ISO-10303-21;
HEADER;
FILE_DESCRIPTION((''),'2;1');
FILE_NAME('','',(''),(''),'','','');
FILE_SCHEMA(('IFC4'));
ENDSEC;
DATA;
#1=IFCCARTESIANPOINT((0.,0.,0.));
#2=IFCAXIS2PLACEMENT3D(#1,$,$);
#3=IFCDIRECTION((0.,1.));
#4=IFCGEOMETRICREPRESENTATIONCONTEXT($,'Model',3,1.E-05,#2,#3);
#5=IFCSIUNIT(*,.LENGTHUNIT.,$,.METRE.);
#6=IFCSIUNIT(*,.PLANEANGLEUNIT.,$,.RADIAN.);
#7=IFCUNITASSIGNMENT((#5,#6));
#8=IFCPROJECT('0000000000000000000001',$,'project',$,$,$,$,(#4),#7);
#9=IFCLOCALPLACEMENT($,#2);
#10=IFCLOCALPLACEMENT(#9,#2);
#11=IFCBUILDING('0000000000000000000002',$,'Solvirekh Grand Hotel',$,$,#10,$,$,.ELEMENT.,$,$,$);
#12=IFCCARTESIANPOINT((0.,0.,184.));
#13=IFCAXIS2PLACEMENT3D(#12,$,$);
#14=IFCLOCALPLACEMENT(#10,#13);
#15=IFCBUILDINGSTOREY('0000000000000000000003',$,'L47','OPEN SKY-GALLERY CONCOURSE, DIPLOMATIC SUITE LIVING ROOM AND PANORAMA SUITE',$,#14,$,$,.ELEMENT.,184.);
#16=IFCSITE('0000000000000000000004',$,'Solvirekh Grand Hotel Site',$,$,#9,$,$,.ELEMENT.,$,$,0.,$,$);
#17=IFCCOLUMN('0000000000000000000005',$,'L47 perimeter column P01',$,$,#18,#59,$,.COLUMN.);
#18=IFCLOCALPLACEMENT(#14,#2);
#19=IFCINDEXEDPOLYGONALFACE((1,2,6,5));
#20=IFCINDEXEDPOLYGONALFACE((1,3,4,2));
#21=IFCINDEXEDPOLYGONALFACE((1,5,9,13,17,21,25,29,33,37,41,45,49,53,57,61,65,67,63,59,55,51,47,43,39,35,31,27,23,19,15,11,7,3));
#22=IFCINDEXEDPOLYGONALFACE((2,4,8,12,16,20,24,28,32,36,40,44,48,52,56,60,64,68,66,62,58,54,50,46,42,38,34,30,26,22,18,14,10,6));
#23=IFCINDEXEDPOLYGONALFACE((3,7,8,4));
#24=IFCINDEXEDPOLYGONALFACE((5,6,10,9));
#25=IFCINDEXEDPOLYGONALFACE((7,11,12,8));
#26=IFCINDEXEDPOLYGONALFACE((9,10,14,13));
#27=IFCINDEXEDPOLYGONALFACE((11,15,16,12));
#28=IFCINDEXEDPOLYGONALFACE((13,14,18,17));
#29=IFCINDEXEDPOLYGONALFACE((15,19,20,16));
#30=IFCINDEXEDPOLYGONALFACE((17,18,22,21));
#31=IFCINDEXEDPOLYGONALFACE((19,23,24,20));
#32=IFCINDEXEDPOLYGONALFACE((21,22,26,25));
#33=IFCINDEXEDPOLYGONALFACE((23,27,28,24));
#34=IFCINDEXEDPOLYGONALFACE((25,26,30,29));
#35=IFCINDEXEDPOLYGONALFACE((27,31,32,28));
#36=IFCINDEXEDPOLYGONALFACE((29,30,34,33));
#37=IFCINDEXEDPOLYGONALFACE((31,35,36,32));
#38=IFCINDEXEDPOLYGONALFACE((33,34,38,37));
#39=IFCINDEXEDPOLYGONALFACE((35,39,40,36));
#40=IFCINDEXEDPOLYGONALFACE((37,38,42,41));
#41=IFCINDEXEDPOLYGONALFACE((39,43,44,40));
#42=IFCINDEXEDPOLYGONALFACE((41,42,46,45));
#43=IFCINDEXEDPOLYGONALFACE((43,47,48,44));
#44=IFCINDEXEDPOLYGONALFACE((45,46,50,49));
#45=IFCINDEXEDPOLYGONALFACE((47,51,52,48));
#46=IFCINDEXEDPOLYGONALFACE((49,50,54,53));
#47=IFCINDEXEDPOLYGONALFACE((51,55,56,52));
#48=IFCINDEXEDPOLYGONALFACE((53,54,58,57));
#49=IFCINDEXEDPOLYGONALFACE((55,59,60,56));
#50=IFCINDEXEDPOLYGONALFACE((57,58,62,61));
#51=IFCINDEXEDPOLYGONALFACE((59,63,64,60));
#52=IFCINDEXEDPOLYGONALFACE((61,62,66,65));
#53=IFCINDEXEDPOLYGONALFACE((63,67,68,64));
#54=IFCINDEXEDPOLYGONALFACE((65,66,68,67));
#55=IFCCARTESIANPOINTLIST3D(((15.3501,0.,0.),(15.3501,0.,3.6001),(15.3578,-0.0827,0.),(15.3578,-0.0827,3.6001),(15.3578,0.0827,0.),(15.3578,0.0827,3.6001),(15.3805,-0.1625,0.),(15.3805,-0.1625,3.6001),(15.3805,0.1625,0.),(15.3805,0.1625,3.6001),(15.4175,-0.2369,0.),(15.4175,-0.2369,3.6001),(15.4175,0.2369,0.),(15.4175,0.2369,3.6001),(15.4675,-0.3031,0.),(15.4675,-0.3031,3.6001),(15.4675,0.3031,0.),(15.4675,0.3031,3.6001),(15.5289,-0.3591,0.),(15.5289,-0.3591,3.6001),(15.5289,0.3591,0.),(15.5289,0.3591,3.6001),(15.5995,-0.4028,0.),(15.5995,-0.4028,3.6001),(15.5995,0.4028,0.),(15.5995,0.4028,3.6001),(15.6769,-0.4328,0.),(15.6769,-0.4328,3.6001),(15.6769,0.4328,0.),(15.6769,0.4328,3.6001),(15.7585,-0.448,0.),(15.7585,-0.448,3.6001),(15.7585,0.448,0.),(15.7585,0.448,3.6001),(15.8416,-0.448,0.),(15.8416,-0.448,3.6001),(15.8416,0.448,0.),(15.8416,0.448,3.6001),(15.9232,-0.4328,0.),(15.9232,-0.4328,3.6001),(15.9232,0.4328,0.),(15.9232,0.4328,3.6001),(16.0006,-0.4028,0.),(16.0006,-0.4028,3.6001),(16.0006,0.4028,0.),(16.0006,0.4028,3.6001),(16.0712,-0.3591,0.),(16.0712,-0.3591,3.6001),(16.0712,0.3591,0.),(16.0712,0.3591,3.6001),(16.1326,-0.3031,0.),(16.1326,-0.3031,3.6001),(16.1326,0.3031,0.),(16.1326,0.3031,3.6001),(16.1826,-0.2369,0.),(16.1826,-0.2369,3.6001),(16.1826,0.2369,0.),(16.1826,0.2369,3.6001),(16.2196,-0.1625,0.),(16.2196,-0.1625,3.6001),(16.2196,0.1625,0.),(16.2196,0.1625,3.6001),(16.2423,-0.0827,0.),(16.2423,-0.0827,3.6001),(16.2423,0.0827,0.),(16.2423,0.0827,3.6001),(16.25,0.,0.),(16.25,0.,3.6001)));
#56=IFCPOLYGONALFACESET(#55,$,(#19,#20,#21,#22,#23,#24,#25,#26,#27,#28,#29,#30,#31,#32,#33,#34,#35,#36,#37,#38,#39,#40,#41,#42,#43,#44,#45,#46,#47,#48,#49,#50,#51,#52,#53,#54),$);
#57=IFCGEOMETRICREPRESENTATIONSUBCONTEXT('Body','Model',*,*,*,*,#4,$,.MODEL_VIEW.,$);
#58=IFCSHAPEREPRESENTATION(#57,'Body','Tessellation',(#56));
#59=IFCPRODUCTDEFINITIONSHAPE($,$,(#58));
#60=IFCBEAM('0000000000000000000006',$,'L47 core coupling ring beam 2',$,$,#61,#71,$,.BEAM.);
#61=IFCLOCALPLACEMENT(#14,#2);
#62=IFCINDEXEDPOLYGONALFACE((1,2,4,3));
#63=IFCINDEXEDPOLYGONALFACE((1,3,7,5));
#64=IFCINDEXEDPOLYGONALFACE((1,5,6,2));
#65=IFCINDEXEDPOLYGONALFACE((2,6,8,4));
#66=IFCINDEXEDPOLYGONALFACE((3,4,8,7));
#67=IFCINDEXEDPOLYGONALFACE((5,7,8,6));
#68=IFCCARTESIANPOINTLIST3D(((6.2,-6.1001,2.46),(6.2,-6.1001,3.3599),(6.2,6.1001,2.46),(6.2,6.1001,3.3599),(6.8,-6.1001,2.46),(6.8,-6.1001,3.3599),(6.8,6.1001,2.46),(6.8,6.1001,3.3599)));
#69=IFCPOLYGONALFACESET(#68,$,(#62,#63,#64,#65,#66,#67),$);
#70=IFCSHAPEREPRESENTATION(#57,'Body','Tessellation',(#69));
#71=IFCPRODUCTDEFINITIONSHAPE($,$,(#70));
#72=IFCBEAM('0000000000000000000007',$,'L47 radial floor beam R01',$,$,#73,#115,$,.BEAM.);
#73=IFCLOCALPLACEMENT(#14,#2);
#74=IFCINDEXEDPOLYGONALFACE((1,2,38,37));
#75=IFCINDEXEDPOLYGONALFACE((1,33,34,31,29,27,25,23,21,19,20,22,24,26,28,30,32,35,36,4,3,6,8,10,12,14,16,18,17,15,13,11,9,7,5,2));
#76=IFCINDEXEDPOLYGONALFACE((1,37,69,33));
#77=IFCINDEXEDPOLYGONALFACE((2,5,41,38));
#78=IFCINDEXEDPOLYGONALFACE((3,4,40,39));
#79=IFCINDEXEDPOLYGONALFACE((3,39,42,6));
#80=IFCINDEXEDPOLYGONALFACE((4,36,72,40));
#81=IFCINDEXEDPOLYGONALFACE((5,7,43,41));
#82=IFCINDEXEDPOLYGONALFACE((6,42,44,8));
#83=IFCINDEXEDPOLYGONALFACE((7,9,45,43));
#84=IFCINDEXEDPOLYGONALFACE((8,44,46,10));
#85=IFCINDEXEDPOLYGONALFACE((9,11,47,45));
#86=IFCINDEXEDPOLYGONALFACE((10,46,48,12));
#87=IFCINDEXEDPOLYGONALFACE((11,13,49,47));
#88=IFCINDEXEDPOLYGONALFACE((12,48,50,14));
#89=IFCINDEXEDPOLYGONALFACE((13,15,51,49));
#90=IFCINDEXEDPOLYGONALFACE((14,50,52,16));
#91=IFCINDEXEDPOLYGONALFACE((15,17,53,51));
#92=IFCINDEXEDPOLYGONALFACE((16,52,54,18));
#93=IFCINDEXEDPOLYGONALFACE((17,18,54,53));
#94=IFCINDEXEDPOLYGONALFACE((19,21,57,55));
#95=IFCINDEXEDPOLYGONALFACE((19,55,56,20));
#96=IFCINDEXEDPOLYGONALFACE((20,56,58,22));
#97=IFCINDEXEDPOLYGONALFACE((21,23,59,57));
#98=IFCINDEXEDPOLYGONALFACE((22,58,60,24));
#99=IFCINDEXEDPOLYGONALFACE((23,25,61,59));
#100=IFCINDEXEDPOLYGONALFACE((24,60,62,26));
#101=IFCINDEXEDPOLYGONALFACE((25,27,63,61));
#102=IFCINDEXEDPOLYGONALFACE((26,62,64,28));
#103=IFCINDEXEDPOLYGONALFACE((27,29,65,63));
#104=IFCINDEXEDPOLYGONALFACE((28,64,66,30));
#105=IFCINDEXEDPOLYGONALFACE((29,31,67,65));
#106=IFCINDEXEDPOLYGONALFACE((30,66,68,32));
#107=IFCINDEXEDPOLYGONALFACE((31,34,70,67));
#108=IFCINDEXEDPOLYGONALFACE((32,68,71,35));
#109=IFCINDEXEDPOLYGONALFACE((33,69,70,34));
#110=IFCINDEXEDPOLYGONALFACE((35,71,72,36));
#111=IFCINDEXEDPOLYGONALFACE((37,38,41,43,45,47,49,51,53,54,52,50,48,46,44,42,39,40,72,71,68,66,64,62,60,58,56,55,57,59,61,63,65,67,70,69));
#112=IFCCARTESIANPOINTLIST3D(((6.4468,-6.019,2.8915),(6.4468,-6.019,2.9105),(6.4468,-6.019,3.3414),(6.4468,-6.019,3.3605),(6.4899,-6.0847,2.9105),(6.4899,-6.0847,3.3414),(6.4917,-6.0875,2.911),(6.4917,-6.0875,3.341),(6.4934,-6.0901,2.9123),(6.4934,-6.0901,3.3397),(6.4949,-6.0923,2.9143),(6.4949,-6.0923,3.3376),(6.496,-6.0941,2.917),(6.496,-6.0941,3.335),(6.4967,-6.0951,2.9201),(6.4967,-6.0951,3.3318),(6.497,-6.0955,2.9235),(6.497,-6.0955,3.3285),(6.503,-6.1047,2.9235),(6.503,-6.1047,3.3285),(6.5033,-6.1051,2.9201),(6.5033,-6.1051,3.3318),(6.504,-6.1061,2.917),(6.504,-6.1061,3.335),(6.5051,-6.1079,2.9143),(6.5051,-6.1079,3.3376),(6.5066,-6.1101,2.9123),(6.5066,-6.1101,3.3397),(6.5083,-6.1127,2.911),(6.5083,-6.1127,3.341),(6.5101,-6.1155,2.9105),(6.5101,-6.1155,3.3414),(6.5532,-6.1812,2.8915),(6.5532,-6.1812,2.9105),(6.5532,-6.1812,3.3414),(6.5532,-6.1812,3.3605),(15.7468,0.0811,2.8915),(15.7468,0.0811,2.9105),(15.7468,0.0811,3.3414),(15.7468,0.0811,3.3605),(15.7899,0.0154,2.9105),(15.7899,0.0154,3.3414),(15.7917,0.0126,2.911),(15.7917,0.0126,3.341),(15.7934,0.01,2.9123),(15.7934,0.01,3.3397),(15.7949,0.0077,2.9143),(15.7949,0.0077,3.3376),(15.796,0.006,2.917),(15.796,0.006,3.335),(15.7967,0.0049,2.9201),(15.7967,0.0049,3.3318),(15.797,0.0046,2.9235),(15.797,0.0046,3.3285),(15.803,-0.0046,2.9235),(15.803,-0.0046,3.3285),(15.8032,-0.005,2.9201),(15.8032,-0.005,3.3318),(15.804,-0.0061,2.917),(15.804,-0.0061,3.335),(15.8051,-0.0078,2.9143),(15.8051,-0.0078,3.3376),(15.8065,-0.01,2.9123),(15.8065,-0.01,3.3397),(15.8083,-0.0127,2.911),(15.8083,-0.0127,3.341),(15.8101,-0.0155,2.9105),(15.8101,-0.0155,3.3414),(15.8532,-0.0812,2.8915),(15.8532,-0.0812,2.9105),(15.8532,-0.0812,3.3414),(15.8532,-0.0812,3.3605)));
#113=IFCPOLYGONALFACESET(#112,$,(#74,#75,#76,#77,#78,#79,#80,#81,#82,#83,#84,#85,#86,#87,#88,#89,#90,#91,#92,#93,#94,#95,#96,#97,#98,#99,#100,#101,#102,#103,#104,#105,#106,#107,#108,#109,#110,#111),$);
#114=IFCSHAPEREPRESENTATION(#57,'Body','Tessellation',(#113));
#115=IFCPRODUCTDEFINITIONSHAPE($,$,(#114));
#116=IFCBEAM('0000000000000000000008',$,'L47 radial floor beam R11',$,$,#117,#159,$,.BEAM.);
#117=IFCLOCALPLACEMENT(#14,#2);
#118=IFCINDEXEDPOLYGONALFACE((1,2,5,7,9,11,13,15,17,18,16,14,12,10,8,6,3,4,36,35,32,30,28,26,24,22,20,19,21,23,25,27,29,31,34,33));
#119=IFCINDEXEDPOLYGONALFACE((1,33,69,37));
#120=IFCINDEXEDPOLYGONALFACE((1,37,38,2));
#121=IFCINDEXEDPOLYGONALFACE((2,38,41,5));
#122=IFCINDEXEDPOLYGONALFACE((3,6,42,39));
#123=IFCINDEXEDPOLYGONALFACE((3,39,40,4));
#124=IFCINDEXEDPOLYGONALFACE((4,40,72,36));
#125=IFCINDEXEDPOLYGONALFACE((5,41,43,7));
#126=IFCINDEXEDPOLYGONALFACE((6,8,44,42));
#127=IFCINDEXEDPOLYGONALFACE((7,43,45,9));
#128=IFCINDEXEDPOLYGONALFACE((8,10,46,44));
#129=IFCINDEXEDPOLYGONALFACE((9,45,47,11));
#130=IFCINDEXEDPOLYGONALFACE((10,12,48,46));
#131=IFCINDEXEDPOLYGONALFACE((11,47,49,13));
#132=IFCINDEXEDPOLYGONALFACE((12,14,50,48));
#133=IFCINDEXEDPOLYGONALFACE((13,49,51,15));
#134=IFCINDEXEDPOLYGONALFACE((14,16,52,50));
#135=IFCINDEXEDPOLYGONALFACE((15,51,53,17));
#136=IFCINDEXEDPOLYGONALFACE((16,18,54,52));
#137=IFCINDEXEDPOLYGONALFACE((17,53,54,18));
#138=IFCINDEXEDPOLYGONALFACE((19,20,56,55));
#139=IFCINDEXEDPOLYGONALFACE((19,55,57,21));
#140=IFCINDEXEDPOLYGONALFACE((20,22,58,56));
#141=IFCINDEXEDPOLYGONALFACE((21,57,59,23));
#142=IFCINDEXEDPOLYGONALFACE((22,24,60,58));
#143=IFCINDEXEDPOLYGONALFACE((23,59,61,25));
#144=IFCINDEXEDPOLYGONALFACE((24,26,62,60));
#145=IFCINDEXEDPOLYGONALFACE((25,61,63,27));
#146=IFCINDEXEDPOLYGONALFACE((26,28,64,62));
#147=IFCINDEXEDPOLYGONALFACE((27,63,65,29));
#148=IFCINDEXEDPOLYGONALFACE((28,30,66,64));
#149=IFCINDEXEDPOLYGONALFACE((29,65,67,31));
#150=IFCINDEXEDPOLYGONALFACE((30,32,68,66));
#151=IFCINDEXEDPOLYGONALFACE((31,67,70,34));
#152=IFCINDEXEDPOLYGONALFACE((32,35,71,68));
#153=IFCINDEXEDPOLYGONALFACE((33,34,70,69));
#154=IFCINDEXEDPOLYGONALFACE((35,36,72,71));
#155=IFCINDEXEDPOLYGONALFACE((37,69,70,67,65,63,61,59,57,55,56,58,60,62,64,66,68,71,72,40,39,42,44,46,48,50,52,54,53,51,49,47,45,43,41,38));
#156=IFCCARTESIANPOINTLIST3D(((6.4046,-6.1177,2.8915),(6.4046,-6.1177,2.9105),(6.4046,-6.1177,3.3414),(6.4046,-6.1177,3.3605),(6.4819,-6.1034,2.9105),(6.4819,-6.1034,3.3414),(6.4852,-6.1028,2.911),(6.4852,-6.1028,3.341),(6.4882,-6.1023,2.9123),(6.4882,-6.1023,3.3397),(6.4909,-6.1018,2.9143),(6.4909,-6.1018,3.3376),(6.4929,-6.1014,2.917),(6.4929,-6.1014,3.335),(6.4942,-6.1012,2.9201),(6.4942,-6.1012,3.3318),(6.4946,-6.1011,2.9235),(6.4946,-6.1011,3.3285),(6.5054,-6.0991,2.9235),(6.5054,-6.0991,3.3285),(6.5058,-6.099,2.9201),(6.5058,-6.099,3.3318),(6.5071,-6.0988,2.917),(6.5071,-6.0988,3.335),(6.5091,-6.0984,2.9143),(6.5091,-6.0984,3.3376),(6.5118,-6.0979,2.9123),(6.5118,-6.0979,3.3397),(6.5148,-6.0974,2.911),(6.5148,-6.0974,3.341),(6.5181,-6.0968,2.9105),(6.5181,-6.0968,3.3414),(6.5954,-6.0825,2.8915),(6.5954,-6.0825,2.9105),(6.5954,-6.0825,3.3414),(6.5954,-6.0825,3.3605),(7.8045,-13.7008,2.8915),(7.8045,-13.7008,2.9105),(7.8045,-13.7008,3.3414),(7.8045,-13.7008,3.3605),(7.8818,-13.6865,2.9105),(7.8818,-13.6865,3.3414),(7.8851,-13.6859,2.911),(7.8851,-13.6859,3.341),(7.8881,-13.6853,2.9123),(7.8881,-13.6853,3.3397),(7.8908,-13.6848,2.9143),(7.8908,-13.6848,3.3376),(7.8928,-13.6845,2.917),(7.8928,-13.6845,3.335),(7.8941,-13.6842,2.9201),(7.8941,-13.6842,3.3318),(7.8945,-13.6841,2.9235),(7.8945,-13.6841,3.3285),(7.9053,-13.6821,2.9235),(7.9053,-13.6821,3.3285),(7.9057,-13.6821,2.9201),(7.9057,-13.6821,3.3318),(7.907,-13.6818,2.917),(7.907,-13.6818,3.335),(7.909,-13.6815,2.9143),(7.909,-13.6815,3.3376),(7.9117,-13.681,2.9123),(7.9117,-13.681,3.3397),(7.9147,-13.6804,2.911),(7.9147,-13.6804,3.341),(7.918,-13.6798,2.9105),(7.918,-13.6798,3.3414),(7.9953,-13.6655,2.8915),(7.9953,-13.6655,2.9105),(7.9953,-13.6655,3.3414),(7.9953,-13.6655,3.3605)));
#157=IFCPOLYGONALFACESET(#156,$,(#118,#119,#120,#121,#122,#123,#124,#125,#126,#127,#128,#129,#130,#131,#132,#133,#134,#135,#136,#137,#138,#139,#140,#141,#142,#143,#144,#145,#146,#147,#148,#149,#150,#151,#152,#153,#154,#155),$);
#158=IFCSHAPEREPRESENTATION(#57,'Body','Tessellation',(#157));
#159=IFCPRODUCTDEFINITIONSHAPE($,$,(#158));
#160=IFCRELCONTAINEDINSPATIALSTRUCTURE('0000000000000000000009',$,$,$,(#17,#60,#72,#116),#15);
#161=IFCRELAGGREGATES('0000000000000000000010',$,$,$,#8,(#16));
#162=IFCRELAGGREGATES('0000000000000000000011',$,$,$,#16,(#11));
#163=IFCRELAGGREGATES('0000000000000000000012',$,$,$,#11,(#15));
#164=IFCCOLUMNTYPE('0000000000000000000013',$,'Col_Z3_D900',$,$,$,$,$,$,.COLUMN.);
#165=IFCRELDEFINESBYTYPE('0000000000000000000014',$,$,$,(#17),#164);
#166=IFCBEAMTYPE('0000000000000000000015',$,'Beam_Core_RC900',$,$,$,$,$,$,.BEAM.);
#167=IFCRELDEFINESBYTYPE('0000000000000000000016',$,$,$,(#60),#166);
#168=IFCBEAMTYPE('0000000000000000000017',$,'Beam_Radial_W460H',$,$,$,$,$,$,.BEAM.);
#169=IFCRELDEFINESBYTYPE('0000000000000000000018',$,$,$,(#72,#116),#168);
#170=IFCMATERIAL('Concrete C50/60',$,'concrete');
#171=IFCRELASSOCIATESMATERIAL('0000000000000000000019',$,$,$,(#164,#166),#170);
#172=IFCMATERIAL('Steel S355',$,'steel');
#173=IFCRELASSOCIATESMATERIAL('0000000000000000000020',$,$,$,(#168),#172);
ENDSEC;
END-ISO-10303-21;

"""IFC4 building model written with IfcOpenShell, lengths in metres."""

from ifc_helpers import new_model, si_unit, direction, frame, origin, origin_2d, place, context, subcontext, project, spatial, rectangle, circle, i_section, extrude, material, material_profile, profile_set, type_object, element, save


model = new_model("IFC4")

# Units and contexts
model_context = context("Model", 3, precision=1e-05, world=origin(), true_north=direction((0.0, 1.0)))
body_context = subcontext(model_context, "Body", "Model", "MODEL_VIEW")
ifc_project = project(units=[si_unit("LENGTHUNIT", "METRE"), si_unit("PLANEANGLEUNIT", "RADIAN")], contexts=[model_context])

# Site, building, storey
site_placement = place(None, origin())
site = spatial("IfcSite", under=ifc_project, at=site_placement, Name="Solvirekh Grand Hotel Site", CompositionType="ELEMENT", RefElevation=0.0)
building_placement = place(site_placement, origin())
building = spatial("IfcBuilding", under=site, at=building_placement, Name="Solvirekh Grand Hotel", CompositionType="ELEMENT")
storey_placement = place(building_placement, frame((0.0, 0.0, 184.0)))
storey = spatial("IfcBuildingStorey", under=building, at=storey_placement, Name="L47", Description="OPEN SKY-GALLERY CONCOURSE, DIPLOMATIC SUITE LIVING ROOM AND PANORAMA SUITE", CompositionType="ELEMENT", Elevation=184.0)

# Column
ifc_material_1 = material(Name="Concrete C50/60", Category="concrete")
ifc_material_profile_1 = material_profile(ifc_material_1, circle(Radius=0.45, at=origin_2d()), Name="RC CIRC D900")
ifc_profile_set_1 = profile_set([ifc_material_profile_1], Name="Concrete C50/60")
column_type = type_object("IfcColumnType", Name="Col_Z3_D900", PredefinedType="COLUMN", material=ifc_profile_set_1)
column_placement = place(storey_placement, frame((15.8, 0.0, 0.0), z_axis=(0.0, 0.0, 1.0), x_axis=(1.0, 0.0, 0.0)))
element("IfcColumn", 1, at=column_placement, inside=storey, type_object=column_type, Name="L47 perimeter column P01", PredefinedType="COLUMN", context=body_context, shape_type="SweptSolid", body=[
    extrude(circle(Radius=0.45, at=origin_2d()), origin(), (0.0, 0.0, 1.0), 3.6001),
])

# Beams
ifc_material_profile_2 = material_profile(ifc_material_1, rectangle(XDim=0.6001, YDim=0.8999, at=origin_2d()), Name="RC BEAM 600X900")
ifc_profile_set_2 = profile_set([ifc_material_profile_2], Name="Concrete C50/60")
beam_type_1 = type_object("IfcBeamType", Name="Beam_Core_RC900", PredefinedType="BEAM", material=ifc_profile_set_2)
beam_1_placement = place(storey_placement, frame((6.5, -6.1001, 2.9099), z_axis=(0.0, 1.0, 0.0), x_axis=(-1.0, 0.0, 0.0)))
element("IfcBeam", 2, at=beam_1_placement, inside=storey, type_object=beam_type_1, Name="L47 core coupling ring beam 2", PredefinedType="BEAM", context=body_context, shape_type="SweptSolid", body=[
    extrude(rectangle(XDim=0.6001, YDim=0.8999, at=origin_2d()), origin(), (0.0, 0.0, 1.0), 12.2002),
])
ifc_material_2 = material(Name="Steel S355", Category="steel")
ifc_material_profile_3 = material_profile(ifc_material_2, i_section(OverallWidth=0.1941, OverallDepth=0.469, WebThickness=0.011, FlangeThickness=0.019, FilletRadius=0.0129, at=origin_2d()), Name="W460X106")
ifc_profile_set_3 = profile_set([ifc_material_profile_3], Name="Steel S355")
beam_type_2 = type_object("IfcBeamType", Name="Beam_Radial_W460H", PredefinedType="BEAM", material=ifc_profile_set_3)
beam_2_placement = place(storey_placement, frame((6.5, -6.1001, 3.126), z_axis=(0.836174, 0.548464, 0.0), x_axis=(-0.548464, 0.836174, 0.0)))
element("IfcBeam", 3, at=beam_2_placement, inside=storey, type_object=beam_type_2, Name="L47 radial floor beam R01", PredefinedType="BEAM", context=body_context, shape_type="SweptSolid", body=[
    extrude(i_section(OverallWidth=0.1941, OverallDepth=0.469, WebThickness=0.011, FlangeThickness=0.019, FilletRadius=0.0129, at=origin_2d()), origin(), (0.0, 0.0, 1.0), 11.1221),
])
beam_3_placement = place(storey_placement, frame((6.5, -6.1001, 3.126), z_axis=(0.181543, -0.983383, 0.0), x_axis=(0.983383, 0.181543, 0.0)))
element("IfcBeam", 4, at=beam_3_placement, inside=storey, type_object=beam_type_2, Name="L47 radial floor beam R11", PredefinedType="BEAM", context=body_context, shape_type="SweptSolid", body=[
    extrude(i_section(OverallWidth=0.1941, OverallDepth=0.469, WebThickness=0.011, FlangeThickness=0.019, FilletRadius=0.0129, at=origin_2d()), origin(), (0.0, 0.0, 1.0), 7.7112),
])

save(model, "model.ifc")
